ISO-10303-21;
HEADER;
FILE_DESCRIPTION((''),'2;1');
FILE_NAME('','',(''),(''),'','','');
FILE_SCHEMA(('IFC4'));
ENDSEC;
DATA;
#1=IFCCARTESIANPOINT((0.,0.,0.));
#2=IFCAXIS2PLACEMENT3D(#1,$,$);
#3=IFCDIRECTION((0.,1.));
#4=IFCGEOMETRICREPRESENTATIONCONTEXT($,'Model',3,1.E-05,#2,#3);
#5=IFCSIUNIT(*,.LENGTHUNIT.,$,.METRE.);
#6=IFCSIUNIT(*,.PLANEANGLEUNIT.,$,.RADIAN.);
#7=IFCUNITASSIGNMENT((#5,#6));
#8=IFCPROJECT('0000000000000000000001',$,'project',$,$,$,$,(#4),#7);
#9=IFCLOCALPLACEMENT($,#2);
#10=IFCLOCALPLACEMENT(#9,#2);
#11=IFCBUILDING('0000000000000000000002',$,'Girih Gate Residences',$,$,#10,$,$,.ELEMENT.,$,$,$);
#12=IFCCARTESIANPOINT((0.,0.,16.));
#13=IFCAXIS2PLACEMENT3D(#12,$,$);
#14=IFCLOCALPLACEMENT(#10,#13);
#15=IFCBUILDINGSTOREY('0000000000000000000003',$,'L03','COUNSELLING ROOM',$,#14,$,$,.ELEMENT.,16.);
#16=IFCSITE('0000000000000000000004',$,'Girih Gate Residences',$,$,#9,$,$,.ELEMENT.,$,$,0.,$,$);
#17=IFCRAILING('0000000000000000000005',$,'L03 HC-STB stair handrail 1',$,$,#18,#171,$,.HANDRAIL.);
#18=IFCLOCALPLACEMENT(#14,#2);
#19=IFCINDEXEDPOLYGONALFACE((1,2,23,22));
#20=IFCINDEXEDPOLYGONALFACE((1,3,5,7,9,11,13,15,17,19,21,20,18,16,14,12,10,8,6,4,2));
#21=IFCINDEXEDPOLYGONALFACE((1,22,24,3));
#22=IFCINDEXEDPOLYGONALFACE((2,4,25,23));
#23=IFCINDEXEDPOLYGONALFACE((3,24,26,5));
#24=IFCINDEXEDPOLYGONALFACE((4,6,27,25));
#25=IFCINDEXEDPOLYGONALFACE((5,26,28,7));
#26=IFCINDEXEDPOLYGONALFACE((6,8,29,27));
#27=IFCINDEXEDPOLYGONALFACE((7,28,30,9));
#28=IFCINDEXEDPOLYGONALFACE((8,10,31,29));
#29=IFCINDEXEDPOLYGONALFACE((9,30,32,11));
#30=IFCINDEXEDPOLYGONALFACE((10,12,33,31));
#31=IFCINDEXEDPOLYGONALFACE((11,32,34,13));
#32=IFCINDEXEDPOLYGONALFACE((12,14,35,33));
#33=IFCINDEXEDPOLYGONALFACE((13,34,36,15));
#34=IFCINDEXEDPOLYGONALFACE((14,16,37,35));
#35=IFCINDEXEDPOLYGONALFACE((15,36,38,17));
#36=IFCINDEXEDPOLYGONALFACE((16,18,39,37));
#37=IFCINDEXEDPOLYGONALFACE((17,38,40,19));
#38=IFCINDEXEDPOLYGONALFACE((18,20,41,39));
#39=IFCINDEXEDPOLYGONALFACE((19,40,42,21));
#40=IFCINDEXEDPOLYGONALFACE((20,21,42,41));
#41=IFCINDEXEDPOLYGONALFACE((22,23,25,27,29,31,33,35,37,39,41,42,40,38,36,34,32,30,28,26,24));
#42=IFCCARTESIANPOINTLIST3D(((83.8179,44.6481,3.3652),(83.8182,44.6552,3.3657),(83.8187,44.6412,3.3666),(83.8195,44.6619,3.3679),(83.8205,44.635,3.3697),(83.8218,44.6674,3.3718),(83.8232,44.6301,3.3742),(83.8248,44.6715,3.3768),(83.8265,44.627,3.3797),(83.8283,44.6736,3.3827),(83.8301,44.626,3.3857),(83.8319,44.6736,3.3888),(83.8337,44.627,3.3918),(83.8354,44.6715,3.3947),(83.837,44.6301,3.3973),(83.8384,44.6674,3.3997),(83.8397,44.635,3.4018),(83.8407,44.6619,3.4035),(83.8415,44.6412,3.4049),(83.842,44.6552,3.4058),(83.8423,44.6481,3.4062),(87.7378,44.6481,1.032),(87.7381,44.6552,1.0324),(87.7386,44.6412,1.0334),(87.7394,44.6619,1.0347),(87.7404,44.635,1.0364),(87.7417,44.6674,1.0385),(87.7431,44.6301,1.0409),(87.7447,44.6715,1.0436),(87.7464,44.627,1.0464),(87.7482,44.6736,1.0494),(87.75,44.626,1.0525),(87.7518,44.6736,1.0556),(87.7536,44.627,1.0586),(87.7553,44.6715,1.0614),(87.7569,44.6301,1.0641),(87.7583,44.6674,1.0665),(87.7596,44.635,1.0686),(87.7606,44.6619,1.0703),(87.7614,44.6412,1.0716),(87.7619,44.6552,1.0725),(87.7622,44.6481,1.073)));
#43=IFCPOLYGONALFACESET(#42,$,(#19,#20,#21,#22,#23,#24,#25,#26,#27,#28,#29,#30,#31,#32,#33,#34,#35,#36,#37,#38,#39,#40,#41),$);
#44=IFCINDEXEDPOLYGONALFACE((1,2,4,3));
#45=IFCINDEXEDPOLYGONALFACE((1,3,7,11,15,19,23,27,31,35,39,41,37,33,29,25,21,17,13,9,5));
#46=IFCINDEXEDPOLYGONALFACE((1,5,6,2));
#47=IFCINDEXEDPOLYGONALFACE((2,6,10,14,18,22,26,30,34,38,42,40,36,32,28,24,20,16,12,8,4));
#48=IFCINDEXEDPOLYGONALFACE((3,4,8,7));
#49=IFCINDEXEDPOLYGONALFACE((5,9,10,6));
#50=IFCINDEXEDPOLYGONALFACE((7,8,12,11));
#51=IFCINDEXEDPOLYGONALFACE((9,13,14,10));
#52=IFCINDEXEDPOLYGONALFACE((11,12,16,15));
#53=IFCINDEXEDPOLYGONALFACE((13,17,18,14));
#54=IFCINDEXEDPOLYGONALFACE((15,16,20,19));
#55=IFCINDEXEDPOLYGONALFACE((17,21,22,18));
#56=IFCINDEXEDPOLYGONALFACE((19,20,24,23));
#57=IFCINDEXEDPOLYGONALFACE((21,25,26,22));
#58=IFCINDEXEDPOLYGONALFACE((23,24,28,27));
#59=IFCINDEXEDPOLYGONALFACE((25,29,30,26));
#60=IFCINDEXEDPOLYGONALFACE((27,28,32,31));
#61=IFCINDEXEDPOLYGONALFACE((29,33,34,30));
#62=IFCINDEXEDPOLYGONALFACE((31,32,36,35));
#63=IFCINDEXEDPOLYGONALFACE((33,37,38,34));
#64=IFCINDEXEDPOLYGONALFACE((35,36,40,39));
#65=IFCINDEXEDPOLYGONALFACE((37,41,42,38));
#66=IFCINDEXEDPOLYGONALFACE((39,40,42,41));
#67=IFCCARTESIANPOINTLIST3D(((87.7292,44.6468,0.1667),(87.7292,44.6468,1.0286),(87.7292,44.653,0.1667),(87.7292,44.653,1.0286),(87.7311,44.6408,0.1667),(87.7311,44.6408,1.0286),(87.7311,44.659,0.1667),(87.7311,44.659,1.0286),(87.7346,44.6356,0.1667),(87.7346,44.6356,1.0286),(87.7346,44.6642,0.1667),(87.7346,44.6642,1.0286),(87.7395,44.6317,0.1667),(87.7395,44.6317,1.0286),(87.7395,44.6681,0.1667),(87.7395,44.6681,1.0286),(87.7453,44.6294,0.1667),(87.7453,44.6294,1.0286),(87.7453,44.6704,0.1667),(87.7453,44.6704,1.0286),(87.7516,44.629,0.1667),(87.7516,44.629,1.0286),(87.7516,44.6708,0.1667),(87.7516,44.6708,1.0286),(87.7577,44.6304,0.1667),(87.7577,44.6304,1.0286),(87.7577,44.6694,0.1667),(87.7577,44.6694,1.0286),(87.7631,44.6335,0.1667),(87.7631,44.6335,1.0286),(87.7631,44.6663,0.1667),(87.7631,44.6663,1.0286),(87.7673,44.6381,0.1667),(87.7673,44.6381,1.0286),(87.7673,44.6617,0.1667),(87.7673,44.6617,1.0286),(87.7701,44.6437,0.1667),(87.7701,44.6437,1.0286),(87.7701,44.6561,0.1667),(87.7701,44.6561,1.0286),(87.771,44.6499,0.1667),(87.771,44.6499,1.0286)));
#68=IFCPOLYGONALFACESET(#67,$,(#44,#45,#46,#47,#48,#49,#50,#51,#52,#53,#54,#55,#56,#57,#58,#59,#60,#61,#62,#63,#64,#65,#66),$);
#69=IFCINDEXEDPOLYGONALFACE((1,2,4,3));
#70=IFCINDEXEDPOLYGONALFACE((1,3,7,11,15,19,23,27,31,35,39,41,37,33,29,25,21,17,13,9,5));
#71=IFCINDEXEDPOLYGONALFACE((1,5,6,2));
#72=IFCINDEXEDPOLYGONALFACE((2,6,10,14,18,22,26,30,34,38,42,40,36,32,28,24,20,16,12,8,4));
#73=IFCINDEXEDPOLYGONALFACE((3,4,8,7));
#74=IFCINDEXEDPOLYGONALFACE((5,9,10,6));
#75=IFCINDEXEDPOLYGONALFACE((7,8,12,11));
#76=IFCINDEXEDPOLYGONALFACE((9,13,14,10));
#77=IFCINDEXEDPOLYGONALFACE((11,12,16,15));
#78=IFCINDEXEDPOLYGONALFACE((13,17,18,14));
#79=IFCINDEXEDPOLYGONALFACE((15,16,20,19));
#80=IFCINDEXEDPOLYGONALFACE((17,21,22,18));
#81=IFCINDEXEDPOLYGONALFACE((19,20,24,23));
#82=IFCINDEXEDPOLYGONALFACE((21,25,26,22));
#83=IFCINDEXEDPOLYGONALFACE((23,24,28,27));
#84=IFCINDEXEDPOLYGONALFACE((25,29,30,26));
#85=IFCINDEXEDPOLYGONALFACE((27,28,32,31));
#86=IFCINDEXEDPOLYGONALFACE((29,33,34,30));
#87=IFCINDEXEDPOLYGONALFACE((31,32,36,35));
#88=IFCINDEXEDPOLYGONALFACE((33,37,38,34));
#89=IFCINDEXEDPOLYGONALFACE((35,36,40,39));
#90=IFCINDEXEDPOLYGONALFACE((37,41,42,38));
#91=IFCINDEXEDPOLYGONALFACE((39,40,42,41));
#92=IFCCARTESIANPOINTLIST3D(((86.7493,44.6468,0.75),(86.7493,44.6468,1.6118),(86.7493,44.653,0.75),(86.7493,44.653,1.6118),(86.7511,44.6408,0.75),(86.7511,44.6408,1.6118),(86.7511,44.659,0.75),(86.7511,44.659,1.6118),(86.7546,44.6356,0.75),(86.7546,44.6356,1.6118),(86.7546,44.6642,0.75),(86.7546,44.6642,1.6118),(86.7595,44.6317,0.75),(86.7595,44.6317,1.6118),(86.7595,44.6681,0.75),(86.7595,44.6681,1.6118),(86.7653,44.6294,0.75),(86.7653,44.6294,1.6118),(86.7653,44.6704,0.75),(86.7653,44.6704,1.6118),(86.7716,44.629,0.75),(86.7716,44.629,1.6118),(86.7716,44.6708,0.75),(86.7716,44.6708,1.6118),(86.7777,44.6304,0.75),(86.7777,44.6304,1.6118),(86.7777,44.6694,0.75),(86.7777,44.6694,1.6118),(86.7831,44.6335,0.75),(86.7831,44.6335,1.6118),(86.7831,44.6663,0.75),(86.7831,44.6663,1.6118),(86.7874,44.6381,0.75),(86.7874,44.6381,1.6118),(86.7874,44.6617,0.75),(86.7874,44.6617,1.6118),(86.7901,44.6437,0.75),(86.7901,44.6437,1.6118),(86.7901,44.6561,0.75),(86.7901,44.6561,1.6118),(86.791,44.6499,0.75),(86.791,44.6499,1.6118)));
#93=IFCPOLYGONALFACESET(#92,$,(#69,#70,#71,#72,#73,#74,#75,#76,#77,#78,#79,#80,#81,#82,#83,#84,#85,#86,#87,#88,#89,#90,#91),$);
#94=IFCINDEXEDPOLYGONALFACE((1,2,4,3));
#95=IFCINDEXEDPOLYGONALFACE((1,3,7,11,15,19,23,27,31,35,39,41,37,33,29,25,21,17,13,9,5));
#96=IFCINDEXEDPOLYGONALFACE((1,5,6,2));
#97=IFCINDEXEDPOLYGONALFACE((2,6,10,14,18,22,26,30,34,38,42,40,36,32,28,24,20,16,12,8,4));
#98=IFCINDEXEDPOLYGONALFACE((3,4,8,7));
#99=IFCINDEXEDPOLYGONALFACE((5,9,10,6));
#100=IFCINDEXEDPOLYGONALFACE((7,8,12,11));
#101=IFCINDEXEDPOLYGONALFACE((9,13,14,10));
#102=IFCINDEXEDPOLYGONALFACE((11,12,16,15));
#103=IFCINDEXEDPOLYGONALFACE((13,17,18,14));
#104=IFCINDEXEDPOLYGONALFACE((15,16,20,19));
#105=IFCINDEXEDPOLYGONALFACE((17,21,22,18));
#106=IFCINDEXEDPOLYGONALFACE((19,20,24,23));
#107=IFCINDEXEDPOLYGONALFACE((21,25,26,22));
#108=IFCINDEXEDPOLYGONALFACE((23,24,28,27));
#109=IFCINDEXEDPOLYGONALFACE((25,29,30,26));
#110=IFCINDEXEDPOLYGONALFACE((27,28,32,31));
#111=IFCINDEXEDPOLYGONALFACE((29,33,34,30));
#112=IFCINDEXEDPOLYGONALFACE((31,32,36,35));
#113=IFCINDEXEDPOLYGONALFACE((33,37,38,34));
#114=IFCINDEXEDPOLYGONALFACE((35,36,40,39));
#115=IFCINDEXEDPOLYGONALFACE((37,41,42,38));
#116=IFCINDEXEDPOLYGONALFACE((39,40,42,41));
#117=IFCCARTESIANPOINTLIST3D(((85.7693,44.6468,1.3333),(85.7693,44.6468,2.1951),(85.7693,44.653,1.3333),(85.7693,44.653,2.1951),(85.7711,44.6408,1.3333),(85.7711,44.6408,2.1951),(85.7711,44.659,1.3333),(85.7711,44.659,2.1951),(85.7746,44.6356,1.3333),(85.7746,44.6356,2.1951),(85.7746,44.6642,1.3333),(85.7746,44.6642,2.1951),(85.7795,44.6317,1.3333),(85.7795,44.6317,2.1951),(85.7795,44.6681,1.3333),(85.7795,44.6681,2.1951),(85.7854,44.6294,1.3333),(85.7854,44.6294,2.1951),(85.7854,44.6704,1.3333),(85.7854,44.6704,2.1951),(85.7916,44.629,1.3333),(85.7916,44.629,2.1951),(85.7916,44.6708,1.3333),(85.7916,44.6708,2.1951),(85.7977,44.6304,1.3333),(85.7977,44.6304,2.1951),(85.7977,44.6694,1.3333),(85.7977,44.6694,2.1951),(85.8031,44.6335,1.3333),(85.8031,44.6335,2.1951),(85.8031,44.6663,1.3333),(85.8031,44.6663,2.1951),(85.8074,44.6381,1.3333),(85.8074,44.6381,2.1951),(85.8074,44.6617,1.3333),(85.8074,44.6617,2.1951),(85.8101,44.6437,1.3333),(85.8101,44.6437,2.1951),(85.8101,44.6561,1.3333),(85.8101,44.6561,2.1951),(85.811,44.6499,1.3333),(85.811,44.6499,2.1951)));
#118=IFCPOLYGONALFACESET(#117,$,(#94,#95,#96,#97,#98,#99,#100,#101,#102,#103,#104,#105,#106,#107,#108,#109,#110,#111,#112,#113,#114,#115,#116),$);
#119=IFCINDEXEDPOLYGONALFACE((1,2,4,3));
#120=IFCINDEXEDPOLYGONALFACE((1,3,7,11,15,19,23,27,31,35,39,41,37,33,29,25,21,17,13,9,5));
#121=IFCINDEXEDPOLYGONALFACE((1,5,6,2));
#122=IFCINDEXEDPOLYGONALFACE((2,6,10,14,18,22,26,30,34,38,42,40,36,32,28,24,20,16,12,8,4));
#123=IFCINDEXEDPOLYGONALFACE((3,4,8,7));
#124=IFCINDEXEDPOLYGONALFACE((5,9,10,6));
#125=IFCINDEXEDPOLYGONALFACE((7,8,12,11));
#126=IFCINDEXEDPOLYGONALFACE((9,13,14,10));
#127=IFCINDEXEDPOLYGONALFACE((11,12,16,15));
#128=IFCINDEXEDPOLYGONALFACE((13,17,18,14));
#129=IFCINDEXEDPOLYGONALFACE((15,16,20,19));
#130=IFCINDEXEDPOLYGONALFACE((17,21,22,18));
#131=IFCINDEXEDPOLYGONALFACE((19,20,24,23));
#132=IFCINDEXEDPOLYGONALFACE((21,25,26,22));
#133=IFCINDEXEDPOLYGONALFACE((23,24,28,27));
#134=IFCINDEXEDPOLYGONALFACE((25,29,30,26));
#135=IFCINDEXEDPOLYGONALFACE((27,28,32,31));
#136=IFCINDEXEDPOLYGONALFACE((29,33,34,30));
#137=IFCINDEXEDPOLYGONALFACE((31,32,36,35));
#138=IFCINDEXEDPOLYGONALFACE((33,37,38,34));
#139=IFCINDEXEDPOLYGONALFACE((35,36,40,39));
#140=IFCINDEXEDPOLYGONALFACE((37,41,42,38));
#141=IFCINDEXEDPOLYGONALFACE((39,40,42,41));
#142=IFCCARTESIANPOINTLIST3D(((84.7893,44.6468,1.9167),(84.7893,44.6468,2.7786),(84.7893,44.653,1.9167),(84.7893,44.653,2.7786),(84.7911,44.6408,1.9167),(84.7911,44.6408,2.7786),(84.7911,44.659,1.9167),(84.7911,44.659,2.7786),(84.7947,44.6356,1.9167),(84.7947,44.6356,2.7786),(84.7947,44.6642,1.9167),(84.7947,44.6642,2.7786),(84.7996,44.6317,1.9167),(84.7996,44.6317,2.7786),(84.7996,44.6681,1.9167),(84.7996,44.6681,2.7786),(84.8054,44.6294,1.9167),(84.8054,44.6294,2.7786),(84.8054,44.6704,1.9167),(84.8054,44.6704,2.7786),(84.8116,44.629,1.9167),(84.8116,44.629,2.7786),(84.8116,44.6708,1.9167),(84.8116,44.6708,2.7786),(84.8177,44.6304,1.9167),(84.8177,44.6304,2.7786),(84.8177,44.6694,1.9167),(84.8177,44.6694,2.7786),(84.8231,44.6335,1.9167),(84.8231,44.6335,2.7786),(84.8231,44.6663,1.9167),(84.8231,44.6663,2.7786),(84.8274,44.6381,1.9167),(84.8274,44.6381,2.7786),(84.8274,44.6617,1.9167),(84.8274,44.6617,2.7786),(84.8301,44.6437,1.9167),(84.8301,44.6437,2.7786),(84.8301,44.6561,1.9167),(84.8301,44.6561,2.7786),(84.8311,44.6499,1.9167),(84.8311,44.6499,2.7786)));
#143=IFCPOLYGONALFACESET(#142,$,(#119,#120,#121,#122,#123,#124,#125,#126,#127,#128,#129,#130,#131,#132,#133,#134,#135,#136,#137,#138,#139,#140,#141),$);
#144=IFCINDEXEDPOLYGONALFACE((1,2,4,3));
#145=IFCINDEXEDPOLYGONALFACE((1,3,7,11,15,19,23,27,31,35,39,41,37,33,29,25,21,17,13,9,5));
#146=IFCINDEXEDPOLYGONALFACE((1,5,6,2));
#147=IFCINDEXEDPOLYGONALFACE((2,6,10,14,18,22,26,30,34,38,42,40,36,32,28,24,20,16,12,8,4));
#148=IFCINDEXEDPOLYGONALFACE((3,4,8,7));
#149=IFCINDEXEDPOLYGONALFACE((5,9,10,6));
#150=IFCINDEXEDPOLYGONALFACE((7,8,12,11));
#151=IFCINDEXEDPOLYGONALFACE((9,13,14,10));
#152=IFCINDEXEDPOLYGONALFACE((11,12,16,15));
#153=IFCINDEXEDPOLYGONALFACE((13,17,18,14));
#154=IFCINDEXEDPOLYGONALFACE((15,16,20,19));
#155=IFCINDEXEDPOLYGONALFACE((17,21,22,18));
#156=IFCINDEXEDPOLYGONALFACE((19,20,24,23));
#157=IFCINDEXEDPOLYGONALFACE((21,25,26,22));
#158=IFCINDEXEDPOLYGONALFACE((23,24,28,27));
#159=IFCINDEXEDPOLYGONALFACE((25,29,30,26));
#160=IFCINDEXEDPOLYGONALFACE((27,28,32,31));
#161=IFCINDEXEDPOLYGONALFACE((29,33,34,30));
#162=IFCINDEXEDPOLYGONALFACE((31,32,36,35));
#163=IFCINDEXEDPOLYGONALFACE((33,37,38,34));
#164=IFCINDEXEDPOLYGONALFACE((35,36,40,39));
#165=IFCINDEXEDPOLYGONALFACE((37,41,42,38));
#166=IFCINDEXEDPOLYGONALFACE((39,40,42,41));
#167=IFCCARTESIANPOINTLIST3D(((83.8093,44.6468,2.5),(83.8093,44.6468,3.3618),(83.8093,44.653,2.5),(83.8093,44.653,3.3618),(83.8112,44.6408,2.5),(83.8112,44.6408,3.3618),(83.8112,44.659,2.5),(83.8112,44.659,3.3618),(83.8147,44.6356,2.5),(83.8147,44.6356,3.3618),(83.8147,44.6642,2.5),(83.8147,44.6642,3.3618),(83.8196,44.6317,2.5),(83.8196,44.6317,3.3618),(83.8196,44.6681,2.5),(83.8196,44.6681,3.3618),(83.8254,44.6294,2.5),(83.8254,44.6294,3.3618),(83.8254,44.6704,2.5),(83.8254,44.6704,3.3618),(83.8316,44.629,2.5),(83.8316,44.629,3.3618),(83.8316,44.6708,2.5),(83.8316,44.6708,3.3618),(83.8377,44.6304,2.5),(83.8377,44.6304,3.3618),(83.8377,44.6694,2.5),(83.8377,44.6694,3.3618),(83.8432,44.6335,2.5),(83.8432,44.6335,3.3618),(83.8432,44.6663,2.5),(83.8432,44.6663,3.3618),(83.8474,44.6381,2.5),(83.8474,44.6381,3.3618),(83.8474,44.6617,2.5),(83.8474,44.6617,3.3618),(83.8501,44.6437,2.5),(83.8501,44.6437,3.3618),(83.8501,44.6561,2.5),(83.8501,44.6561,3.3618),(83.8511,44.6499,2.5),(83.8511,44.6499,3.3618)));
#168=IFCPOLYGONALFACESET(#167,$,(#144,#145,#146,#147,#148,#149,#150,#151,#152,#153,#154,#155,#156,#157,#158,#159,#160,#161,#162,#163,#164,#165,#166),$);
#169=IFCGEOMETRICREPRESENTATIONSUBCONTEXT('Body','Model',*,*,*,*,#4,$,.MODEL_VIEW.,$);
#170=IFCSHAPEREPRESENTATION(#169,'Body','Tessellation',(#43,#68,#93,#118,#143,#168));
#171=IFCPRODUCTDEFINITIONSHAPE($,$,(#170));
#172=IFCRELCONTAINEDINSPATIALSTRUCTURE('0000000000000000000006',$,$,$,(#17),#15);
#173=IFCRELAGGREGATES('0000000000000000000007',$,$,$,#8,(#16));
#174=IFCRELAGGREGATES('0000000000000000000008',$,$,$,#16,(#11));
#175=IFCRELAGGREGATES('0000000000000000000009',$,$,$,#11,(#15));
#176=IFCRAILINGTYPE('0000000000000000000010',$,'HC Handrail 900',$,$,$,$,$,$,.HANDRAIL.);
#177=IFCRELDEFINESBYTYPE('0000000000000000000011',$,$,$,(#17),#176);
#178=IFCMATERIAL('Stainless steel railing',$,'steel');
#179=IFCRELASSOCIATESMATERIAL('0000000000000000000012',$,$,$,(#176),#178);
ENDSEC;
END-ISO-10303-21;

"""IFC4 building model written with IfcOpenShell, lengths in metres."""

from ifc_helpers import new_model, si_unit, direction, frame, origin, origin_2d, place, context, subcontext, project, spatial, circle, extrude, material, type_object, element, save


model = new_model("IFC4")

# Units and contexts
model_context = context("Model", 3, precision=1e-05, world=origin(), true_north=direction((0.0, 1.0)))
body_context = subcontext(model_context, "Body", "Model", "MODEL_VIEW")
ifc_project = project(units=[si_unit("LENGTHUNIT", "METRE"), si_unit("PLANEANGLEUNIT", "RADIAN")], contexts=[model_context])

# Site, building, storey
site_placement = place(None, origin())
site = spatial("IfcSite", under=ifc_project, at=site_placement, Name="Girih Gate Residences", CompositionType="ELEMENT", RefElevation=0.0)
building_placement = place(site_placement, origin())
building = spatial("IfcBuilding", under=site, at=building_placement, Name="Girih Gate Residences", CompositionType="ELEMENT")
storey_placement = place(building_placement, frame((0.0, 0.0, 16.0)))
storey = spatial("IfcBuildingStorey", under=building, at=storey_placement, Name="L03", Description="COUNSELLING ROOM", CompositionType="ELEMENT", Elevation=16.0)

# Railing
ifc_material_1 = material(Name="Stainless steel railing", Category="steel")
railing_type_1 = type_object("IfcRailingType", Name="HC Handrail 900", PredefinedType="HANDRAIL", material=ifc_material_1)
railing_1_placement = place(storey_placement, frame((87.75, 44.6499, 0.1667)))
element("IfcRailing", 1, at=railing_1_placement, inside=storey, type_object=railing_type_1, Name="L03 HC-STB stair handrail 1", PredefinedType="HANDRAIL", context=body_context, shape_type="SweptSolid", body=[
    extrude(circle(Radius=0.0239, at=origin_2d()), frame((0.0, 0.0, 0.8857), z_axis=(-0.859296, 0.0, 0.511478), x_axis=(0.0, -1.0, 0.0)), (0.0, 0.0, 1.0), 4.5618),
    extrude(circle(Radius=0.021, at=origin_2d()), origin(), (0.0, 0.0, 1.0), 0.8618),
    extrude(circle(Radius=0.021, at=origin_2d()), frame((-0.98, 0.0, 0.5833)), (0.0, 0.0, 1.0), 0.8618),
    extrude(circle(Radius=0.021, at=origin_2d()), frame((-1.96, 0.0, 1.1665)), (0.0, 0.0, 1.0), 0.8618),
    extrude(circle(Radius=0.021, at=origin_2d()), frame((-2.9399, 0.0, 1.75)), (0.0, 0.0, 1.0), 0.8618),
    extrude(circle(Radius=0.021, at=origin_2d()), frame((-3.9199, 0.0, 2.3333)), (0.0, 0.0, 1.0), 0.8618),
])

save(model, "model.ifc")
